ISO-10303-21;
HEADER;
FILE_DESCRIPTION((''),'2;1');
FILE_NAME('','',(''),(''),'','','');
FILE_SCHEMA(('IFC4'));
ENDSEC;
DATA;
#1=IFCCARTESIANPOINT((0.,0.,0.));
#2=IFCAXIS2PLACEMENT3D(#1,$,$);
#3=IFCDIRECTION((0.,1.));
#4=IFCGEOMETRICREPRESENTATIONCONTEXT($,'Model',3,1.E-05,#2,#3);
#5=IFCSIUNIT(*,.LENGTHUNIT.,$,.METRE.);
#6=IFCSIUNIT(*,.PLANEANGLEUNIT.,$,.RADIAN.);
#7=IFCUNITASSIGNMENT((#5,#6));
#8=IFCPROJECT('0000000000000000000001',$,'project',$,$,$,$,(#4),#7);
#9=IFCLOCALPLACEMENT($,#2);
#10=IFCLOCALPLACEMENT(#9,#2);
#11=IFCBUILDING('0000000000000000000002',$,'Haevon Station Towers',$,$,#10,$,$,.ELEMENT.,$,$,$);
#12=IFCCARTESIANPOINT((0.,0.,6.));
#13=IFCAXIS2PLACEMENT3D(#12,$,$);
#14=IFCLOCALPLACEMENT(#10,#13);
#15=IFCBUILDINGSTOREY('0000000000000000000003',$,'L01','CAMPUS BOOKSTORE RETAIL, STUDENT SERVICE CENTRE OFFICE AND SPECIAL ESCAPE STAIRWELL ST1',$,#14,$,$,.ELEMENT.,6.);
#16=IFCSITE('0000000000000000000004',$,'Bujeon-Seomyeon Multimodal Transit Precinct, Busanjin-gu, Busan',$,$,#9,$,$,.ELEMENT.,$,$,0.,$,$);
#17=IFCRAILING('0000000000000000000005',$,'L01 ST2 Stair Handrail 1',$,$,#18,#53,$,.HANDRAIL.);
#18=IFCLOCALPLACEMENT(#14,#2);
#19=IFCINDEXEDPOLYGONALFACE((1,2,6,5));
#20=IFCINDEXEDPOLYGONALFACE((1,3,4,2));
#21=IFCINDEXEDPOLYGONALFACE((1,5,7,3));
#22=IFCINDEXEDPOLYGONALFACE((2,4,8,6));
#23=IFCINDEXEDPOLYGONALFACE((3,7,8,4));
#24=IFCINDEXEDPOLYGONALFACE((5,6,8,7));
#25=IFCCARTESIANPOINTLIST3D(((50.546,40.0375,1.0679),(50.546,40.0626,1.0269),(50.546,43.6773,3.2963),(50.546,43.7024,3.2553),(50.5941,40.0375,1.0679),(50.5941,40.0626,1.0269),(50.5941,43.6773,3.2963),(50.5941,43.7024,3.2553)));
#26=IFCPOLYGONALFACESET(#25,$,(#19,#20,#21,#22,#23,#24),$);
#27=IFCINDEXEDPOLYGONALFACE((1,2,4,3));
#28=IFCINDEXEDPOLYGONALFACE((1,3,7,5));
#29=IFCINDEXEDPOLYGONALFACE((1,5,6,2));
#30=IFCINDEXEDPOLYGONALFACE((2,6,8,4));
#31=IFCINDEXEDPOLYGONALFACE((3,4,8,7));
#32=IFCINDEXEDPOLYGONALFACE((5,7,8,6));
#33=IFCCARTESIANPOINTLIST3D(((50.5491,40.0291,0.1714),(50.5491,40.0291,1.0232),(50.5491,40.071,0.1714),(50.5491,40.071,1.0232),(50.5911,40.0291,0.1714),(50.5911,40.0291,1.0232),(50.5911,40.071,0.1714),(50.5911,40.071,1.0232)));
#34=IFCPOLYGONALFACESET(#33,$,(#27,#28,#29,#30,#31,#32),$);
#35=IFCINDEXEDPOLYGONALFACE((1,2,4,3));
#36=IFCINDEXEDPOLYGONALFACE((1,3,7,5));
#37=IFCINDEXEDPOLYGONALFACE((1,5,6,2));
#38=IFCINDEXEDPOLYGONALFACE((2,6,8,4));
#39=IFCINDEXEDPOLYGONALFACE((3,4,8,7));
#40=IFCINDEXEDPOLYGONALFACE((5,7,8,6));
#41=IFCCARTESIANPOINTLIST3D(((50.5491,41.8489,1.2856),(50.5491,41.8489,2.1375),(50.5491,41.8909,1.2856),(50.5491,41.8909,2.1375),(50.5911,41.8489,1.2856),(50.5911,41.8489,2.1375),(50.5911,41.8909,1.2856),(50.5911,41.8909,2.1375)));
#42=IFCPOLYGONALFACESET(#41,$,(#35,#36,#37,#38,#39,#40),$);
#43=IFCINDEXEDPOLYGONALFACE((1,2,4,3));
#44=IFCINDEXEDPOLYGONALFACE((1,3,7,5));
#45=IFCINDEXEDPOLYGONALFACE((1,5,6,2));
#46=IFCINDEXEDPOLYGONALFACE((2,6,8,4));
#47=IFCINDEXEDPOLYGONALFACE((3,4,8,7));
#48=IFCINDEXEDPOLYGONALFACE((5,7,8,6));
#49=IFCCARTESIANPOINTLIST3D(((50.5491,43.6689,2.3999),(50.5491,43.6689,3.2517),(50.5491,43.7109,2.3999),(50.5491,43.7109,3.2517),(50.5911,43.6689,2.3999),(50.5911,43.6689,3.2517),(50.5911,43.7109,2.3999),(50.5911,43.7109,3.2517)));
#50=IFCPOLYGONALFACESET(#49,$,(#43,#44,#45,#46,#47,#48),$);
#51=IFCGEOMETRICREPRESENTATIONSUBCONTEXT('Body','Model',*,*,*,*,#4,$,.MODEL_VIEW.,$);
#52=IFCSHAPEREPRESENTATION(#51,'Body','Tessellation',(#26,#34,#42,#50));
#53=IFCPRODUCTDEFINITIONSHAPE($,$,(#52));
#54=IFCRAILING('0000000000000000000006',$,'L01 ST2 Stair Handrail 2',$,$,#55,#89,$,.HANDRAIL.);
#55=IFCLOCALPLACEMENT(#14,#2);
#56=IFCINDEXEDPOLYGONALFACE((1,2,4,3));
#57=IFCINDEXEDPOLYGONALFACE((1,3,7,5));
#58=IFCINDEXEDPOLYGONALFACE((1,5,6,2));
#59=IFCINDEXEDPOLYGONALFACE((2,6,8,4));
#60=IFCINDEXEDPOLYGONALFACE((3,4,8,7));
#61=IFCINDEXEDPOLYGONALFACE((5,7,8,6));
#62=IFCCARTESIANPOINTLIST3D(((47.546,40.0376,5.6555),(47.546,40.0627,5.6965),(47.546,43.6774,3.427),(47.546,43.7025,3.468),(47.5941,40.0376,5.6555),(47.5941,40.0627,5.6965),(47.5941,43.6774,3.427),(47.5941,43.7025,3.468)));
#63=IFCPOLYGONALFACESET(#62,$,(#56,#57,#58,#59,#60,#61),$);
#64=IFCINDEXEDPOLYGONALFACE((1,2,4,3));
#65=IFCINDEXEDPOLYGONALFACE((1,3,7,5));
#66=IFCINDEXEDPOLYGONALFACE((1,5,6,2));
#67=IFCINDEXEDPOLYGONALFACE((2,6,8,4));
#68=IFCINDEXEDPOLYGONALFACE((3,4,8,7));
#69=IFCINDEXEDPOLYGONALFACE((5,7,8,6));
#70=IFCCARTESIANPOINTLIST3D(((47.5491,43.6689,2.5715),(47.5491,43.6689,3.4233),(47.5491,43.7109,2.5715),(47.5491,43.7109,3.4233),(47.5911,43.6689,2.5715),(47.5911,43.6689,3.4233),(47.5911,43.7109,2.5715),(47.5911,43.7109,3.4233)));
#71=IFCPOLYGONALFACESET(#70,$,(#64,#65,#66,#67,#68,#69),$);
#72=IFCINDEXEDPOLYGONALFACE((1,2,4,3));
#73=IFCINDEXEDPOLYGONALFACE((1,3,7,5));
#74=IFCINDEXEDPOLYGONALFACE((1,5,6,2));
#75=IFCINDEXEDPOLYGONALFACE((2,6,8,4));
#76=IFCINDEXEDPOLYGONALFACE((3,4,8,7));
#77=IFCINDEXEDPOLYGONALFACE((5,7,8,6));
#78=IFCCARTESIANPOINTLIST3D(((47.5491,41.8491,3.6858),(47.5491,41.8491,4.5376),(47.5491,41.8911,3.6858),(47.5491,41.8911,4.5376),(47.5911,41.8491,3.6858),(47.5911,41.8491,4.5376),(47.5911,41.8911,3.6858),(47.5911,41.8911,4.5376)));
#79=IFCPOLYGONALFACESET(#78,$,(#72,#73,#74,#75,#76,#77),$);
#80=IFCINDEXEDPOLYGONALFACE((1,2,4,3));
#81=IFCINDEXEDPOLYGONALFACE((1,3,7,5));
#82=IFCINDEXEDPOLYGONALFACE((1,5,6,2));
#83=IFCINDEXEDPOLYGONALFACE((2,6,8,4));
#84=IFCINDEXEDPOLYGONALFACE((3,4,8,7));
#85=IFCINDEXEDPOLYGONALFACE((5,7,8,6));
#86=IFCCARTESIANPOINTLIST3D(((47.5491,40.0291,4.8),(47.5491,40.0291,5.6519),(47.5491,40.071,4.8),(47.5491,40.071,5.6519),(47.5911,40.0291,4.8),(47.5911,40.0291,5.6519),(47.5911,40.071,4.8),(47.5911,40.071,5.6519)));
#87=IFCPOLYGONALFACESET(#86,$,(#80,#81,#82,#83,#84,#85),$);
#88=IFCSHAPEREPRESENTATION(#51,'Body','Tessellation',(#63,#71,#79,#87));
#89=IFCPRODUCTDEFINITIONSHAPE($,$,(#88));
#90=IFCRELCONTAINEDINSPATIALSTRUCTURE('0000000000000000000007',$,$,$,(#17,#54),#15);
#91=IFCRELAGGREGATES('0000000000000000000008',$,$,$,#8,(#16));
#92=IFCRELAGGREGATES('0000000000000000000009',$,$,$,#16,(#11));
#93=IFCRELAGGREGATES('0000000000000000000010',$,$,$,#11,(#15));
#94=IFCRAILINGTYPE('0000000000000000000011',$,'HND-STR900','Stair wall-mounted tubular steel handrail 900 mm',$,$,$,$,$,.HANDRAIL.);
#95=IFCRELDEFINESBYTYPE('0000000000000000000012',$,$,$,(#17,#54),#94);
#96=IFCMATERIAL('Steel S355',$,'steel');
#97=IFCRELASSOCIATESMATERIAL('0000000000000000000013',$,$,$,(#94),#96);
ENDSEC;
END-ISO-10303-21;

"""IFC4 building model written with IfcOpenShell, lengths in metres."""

from ifc_helpers import new_model, si_unit, direction, frame, origin, origin_2d, place, context, subcontext, project, spatial, rectangle, extrude, material, type_object, element, save


model = new_model("IFC4")

# Units and contexts
model_context = context("Model", 3, precision=1e-05, world=origin(), true_north=direction((0.0, 1.0)))
body_context = subcontext(model_context, "Body", "Model", "MODEL_VIEW")
ifc_project = project(units=[si_unit("LENGTHUNIT", "METRE"), si_unit("PLANEANGLEUNIT", "RADIAN")], contexts=[model_context])

# Site, building, storey
site_placement = place(None, origin())
site = spatial("IfcSite", under=ifc_project, at=site_placement, Name="Bujeon-Seomyeon Multimodal Transit Precinct, Busanjin-gu, Busan", CompositionType="ELEMENT", RefElevation=0.0)
building_placement = place(site_placement, origin())
building = spatial("IfcBuilding", under=site, at=building_placement, Name="Haevon Station Towers", CompositionType="ELEMENT")
storey_placement = place(building_placement, frame((0.0, 0.0, 6.0)))
storey = spatial("IfcBuildingStorey", under=building, at=storey_placement, Name="L01", Description="CAMPUS BOOKSTORE RETAIL, STUDENT SERVICE CENTRE OFFICE AND SPECIAL ESCAPE STAIRWELL ST1", CompositionType="ELEMENT", Elevation=6.0)

# Shared definitions
ifc_material_1 = material(Name="Steel S355", Category="steel")

# Railings
railing_type_1 = type_object("IfcRailingType", Name="HND-STR900", Description="Stair wall-mounted tubular steel handrail 900 mm", PredefinedType="HANDRAIL", material=ifc_material_1)
railing_1_placement = place(storey_placement, frame((50.5701, 40.05, 0.1714)))
element("IfcRailing", 1, at=railing_1_placement, inside=storey, type_object=railing_type_1, Name="L01 ST2 Stair Handrail 1", PredefinedType="HANDRAIL", context=body_context, shape_type="SweptSolid", body=[
    extrude(rectangle(XDim=0.0481, YDim=0.0481, at=origin_2d()), frame((0.0, 0.0, 0.876), z_axis=(0.0, 0.85285, 0.522156), x_axis=(-1.0, 0.0, 0.0)), (0.0, 0.0, 1.0), 4.2678),
    extrude(rectangle(XDim=0.042, YDim=0.042, at=origin_2d()), origin(), (0.0, 0.0, 1.0), 0.8518),
    extrude(rectangle(XDim=0.042, YDim=0.042, at=origin_2d()), frame((0.0, 1.8198, 1.1143)), (0.0, 0.0, 1.0), 0.8518),
    extrude(rectangle(XDim=0.042, YDim=0.042, at=origin_2d()), frame((0.0, 3.6399, 2.2285)), (0.0, 0.0, 1.0), 0.8518),
])
railing_2_placement = place(storey_placement, frame((47.5701, 43.6899, 2.5715)))
element("IfcRailing", 2, at=railing_2_placement, inside=storey, type_object=railing_type_1, Name="L01 ST2 Stair Handrail 2", PredefinedType="HANDRAIL", context=body_context, shape_type="SweptSolid", body=[
    extrude(rectangle(XDim=0.0481, YDim=0.0481, at=origin_2d()), frame((0.0, 0.0, 0.876), z_axis=(0.0, -0.85285, 0.522156), x_axis=(1.0, 0.0, 0.0)), (0.0, 0.0, 1.0), 4.2678),
    extrude(rectangle(XDim=0.042, YDim=0.042, at=origin_2d()), origin(), (0.0, 0.0, 1.0), 0.8518),
    extrude(rectangle(XDim=0.042, YDim=0.042, at=origin_2d()), frame((0.0, -1.8198, 1.1143)), (0.0, 0.0, 1.0), 0.8518),
    extrude(rectangle(XDim=0.042, YDim=0.042, at=origin_2d()), frame((0.0, -3.6399, 2.2285)), (0.0, 0.0, 1.0), 0.8518),
])

save(model, "model.ifc")
